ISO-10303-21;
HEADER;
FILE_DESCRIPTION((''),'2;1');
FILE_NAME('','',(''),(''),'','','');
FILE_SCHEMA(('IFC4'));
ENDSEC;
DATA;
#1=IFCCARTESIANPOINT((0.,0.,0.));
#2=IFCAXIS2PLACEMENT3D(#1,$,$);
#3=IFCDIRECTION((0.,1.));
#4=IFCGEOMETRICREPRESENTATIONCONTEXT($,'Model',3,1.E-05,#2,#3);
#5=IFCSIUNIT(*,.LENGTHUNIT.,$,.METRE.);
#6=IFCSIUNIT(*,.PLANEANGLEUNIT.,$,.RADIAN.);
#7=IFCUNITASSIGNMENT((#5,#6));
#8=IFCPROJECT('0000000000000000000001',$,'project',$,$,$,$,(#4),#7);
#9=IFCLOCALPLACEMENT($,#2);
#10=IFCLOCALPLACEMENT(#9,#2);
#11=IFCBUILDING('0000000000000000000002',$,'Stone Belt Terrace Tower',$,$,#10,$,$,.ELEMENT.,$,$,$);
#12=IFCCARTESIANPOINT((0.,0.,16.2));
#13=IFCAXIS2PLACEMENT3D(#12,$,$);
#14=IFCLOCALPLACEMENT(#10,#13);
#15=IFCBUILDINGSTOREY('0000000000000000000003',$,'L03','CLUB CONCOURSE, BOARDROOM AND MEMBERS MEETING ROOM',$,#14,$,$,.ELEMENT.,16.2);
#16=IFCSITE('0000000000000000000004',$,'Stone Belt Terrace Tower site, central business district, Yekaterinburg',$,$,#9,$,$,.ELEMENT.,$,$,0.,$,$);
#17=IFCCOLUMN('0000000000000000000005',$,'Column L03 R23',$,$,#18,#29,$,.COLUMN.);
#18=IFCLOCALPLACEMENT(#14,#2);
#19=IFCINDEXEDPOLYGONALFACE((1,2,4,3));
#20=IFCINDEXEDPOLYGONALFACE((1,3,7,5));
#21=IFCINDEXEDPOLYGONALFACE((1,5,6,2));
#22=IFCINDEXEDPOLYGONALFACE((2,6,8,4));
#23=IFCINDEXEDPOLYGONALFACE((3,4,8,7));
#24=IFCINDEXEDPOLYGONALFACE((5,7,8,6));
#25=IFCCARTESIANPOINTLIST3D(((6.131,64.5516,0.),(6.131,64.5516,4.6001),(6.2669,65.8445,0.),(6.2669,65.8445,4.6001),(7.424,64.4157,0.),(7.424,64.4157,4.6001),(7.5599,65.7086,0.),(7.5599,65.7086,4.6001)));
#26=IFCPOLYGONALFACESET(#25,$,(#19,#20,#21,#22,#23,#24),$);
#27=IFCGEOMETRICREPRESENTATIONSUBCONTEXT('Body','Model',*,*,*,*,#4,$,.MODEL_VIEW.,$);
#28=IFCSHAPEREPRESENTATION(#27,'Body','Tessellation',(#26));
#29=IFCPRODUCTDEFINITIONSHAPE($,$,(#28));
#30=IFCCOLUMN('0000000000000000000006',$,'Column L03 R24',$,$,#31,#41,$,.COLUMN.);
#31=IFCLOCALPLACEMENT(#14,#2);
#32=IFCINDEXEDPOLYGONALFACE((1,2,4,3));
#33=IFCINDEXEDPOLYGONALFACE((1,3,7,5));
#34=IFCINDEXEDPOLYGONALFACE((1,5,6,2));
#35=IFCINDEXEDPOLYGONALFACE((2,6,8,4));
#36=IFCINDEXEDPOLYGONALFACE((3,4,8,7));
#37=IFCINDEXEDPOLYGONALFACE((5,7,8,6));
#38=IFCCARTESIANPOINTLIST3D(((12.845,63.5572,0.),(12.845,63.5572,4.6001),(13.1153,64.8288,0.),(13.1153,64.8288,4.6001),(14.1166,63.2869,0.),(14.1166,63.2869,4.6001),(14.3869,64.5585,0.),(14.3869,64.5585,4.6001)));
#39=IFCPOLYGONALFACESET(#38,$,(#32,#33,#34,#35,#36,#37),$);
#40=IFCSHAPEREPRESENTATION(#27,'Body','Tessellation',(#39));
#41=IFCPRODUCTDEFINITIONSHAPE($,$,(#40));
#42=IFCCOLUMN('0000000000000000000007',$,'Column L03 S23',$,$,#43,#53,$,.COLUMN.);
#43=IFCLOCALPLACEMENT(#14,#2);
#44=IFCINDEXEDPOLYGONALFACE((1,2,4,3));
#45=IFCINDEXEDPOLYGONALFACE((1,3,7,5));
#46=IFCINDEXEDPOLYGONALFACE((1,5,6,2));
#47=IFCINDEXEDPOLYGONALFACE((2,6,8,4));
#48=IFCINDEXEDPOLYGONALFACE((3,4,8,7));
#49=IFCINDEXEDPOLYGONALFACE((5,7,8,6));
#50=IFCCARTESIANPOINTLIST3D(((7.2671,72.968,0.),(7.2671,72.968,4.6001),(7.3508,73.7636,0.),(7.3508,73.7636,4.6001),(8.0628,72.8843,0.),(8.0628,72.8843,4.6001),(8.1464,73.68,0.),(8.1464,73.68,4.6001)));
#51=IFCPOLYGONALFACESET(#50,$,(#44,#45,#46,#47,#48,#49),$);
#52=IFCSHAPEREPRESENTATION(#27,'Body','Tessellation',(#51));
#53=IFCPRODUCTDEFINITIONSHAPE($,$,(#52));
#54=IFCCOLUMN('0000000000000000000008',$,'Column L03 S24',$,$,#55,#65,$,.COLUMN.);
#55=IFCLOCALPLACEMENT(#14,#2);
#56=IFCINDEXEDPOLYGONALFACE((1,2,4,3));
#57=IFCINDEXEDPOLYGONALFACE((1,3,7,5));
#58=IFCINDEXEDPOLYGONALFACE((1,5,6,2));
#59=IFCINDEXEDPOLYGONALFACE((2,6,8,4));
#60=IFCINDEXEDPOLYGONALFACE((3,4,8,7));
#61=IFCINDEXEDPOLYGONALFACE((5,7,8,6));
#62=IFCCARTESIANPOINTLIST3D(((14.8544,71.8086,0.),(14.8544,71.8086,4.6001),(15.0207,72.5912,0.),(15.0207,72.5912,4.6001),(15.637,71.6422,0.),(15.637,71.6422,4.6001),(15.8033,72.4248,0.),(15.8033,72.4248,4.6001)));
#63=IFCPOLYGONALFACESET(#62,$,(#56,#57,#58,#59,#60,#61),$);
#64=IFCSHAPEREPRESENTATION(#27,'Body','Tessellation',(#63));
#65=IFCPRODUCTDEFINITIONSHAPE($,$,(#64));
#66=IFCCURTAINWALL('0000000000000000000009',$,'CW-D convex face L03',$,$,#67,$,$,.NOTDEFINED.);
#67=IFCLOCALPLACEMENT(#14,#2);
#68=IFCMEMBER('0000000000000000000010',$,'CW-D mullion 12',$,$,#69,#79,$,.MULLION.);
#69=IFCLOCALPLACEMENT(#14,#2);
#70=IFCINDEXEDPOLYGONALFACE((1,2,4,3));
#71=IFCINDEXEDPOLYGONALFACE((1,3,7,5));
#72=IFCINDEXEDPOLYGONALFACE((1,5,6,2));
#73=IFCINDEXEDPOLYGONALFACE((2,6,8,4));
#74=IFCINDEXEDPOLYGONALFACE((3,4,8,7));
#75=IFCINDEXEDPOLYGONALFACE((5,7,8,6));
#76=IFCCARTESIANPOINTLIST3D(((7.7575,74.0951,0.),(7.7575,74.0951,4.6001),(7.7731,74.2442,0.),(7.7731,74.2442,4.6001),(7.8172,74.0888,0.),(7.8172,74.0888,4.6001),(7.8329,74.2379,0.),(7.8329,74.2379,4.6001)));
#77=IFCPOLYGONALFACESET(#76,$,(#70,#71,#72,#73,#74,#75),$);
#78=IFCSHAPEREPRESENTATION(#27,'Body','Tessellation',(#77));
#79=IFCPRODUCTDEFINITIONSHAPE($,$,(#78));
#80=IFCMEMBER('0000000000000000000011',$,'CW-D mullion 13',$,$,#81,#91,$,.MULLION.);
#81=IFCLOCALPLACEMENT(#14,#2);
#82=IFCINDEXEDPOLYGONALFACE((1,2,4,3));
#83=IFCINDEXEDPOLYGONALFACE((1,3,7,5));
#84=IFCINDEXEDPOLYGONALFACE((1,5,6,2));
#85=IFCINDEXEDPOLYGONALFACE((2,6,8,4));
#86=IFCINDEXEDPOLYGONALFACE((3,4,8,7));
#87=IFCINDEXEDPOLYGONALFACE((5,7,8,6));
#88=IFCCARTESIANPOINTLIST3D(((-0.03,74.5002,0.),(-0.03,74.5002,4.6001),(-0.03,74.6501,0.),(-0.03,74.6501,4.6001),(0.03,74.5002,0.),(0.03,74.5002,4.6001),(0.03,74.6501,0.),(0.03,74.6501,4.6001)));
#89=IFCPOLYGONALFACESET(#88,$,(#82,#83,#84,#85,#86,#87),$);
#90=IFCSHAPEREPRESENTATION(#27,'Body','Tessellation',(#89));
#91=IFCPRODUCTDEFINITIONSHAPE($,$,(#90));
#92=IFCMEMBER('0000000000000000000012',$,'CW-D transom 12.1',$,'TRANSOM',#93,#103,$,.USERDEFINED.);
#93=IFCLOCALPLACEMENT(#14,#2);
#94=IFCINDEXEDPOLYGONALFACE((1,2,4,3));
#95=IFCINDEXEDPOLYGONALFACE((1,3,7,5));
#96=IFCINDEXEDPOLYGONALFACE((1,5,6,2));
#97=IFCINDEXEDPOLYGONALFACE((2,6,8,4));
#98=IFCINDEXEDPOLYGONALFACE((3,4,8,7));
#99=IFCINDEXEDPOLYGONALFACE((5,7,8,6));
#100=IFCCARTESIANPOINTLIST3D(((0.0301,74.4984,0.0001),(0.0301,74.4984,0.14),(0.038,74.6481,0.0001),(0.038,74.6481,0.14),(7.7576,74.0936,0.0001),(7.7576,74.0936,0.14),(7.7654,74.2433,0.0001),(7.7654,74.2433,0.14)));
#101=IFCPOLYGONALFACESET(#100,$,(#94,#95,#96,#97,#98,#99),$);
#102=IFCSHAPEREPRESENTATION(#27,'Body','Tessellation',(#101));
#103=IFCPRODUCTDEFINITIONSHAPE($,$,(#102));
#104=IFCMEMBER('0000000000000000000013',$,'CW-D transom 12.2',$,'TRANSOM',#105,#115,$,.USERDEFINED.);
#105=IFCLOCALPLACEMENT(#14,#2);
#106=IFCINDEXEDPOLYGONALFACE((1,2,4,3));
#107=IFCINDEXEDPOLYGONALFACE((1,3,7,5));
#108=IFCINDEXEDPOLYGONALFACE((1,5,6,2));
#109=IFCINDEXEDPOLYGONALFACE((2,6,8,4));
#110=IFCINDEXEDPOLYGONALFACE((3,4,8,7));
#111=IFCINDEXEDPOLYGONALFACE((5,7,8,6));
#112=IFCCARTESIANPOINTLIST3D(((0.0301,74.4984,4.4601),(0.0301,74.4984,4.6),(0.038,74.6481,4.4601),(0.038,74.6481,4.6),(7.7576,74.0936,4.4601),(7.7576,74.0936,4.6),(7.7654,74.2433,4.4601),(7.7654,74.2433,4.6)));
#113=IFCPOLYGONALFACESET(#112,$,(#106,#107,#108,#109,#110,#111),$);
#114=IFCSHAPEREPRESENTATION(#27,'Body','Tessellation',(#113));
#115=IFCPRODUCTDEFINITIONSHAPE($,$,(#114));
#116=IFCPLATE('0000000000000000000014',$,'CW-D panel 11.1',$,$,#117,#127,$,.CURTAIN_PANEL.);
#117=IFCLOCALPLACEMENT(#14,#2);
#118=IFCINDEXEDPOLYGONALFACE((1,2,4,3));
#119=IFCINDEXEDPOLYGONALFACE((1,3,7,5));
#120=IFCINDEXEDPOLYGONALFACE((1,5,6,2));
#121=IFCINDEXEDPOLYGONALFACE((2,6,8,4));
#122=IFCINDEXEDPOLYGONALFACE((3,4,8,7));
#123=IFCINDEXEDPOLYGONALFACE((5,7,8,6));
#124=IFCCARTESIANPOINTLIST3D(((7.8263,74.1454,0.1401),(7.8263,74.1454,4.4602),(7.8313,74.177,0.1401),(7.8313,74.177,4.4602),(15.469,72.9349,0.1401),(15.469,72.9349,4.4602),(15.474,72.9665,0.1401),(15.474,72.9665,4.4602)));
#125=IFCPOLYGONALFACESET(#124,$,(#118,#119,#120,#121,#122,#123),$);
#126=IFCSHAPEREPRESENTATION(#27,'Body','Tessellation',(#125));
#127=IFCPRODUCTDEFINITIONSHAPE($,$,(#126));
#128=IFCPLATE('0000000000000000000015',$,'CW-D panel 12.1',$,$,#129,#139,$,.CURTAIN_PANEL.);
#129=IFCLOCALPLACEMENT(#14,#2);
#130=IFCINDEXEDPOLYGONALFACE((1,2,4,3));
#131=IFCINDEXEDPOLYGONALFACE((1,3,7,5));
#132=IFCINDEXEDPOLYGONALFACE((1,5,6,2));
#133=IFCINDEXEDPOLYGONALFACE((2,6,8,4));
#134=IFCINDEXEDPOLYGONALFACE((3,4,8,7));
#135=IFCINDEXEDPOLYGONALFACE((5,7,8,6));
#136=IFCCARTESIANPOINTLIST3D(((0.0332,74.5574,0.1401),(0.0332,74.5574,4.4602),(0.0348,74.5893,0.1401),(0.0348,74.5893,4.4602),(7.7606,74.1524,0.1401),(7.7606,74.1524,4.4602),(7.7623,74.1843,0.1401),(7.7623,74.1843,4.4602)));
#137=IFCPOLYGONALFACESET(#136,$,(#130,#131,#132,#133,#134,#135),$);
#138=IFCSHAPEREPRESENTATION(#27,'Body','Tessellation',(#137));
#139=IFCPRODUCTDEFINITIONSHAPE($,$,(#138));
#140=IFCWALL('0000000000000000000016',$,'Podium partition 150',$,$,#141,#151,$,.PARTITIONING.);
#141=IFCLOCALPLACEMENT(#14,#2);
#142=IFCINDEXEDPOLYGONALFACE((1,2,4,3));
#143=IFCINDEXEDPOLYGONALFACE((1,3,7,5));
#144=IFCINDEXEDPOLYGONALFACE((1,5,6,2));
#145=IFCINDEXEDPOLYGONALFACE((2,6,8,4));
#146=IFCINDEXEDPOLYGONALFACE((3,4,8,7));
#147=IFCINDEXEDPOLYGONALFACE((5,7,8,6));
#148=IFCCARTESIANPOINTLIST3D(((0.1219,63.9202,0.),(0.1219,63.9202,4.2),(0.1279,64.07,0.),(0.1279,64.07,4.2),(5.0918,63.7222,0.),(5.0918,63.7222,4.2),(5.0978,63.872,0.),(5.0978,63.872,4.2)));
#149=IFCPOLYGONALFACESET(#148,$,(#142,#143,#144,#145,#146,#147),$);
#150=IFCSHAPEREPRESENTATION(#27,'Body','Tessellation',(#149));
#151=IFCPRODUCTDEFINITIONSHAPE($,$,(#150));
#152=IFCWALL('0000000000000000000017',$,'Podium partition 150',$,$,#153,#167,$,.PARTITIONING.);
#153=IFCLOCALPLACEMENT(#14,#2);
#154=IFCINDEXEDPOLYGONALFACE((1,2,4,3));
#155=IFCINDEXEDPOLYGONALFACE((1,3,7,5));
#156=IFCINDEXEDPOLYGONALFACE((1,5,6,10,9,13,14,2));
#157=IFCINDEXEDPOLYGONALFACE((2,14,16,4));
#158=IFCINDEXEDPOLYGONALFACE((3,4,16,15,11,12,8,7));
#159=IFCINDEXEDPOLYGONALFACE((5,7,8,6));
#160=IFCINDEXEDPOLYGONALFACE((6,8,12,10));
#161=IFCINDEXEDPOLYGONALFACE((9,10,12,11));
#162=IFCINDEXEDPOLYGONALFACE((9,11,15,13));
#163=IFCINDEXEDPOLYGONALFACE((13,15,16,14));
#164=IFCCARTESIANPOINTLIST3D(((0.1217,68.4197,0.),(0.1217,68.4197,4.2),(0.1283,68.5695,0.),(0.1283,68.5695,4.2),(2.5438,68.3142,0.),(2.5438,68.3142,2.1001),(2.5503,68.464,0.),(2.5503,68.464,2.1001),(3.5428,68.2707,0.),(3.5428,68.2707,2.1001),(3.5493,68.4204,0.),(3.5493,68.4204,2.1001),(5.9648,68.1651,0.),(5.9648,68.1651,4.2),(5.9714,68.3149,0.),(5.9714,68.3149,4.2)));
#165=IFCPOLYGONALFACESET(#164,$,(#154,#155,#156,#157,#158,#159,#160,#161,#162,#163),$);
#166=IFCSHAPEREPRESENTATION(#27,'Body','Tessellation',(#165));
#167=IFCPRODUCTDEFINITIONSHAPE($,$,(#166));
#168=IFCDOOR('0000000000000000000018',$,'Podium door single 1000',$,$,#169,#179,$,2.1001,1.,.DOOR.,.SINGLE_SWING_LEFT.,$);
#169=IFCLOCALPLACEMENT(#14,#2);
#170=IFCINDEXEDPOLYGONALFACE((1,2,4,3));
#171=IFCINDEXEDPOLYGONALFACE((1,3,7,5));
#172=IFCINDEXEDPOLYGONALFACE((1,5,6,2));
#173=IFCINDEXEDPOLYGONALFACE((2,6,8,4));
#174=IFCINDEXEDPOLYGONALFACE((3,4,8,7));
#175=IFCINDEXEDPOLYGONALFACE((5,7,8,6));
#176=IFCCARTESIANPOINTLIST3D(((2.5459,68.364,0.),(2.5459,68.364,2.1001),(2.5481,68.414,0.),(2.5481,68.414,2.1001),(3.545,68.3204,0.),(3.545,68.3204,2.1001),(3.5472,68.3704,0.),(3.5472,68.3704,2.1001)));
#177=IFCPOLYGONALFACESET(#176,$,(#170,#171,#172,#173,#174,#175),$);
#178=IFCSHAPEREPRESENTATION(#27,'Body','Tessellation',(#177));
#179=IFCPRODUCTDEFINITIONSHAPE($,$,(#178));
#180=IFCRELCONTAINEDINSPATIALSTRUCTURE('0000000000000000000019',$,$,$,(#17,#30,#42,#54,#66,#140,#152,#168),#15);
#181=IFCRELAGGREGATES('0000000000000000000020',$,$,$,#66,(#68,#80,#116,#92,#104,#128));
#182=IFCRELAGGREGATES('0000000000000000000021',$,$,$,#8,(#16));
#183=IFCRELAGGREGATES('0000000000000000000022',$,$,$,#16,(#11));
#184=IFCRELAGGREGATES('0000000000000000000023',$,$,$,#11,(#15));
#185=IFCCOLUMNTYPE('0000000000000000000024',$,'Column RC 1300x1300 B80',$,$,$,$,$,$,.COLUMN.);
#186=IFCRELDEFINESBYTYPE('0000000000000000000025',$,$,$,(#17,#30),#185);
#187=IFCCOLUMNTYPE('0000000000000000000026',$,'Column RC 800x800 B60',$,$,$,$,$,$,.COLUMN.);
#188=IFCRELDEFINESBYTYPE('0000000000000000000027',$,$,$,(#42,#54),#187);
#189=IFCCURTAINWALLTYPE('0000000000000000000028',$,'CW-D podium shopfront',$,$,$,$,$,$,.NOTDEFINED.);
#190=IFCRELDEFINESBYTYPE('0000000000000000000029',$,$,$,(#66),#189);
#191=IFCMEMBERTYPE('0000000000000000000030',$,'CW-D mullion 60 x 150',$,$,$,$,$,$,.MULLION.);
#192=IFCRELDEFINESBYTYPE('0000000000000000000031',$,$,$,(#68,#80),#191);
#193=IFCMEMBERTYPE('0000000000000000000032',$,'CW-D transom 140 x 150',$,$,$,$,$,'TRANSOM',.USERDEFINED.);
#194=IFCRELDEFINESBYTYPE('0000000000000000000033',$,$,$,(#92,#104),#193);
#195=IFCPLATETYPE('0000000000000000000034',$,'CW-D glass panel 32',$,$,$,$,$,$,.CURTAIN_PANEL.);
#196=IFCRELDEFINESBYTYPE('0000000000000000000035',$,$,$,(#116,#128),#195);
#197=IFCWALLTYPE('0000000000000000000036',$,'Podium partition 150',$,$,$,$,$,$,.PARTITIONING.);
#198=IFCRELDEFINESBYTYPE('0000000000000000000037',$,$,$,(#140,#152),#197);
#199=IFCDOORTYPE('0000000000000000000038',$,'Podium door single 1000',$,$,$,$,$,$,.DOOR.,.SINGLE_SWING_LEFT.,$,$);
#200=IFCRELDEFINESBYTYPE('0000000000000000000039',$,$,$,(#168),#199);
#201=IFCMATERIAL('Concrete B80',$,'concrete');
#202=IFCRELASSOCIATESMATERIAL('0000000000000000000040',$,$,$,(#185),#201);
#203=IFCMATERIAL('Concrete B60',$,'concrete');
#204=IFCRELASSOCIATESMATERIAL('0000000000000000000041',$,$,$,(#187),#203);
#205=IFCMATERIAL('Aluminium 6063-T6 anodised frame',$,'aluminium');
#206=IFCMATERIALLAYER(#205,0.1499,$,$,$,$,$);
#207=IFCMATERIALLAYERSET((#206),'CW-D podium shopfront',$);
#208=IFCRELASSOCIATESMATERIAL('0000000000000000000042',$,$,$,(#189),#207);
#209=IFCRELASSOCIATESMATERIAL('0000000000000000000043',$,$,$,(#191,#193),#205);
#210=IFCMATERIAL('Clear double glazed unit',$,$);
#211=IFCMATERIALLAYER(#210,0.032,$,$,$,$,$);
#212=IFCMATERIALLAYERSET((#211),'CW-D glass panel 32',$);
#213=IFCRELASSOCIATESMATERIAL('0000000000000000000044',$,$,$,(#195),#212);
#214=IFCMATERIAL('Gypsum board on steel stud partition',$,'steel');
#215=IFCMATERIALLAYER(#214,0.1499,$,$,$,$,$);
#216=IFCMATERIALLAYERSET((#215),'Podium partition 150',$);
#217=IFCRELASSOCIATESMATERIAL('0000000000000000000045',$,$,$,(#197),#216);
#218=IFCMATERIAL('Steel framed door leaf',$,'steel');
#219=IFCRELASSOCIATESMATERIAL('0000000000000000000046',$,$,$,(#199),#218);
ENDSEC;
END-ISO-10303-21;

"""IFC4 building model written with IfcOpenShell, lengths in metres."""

from ifc_helpers import new_model, si_unit, direction, frame, frame_2d, origin, origin_2d, place, context, subcontext, project, spatial, rectangle, extrude, material, layer, layer_set, material_profile, profile_set, type_object, element, fill, aggregate, save


model = new_model("IFC4")

# Units and contexts
model_context = context("Model", 3, precision=1e-05, world=origin(), true_north=direction((0.0, 1.0)))
body_context = subcontext(model_context, "Body", "Model", "MODEL_VIEW")
ifc_project = project(units=[si_unit("LENGTHUNIT", "METRE"), si_unit("PLANEANGLEUNIT", "RADIAN")], contexts=[model_context])

# Site, building, storey
site_placement = place(None, origin())
site = spatial("IfcSite", under=ifc_project, at=site_placement, Name="Stone Belt Terrace Tower site, central business district, Yekaterinburg", CompositionType="ELEMENT", RefElevation=0.0)
building_placement = place(site_placement, origin())
building = spatial("IfcBuilding", under=site, at=building_placement, Name="Stone Belt Terrace Tower", CompositionType="ELEMENT")
storey_placement = place(building_placement, frame((0.0, 0.0, 16.2)))
storey = spatial("IfcBuildingStorey", under=building, at=storey_placement, Name="L03", Description="CLUB CONCOURSE, BOARDROOM AND MEMBERS MEETING ROOM", CompositionType="ELEMENT", Elevation=16.2)

# Columns
ifc_material_1 = material(Name="Concrete B80", Category="concrete")
ifc_material_profile_1 = material_profile(ifc_material_1, rectangle(XDim=1.3, YDim=1.3, at=origin_2d()), Name="RC 1300x1300")
ifc_profile_set_1 = profile_set([ifc_material_profile_1], Name="Concrete B80")
column_type_1 = type_object("IfcColumnType", Name="Column RC 1300x1300 B80", PredefinedType="COLUMN", material=ifc_profile_set_1)
for number, where, z_axis, x_axis, name in (
    (1, (6.8455, 65.1301, 0.0), (0.0, 0.0, 1.0), (0.994522, -0.104528, 0.0), "Column L03 R23"),
    (2, (13.616, 64.0579, 0.0), (0.0, 0.0, 1.0), (0.978148, -0.207912, 0.0), "Column L03 R24"),
):
    element("IfcColumn", number, at=place(storey_placement, frame(where, z_axis=z_axis, x_axis=x_axis)), inside=storey, type_object=column_type_1, Name=name, PredefinedType="COLUMN", context=body_context, shape_type="SweptSolid", body=[
        extrude(rectangle(XDim=1.3, YDim=1.3, at=origin_2d()), origin(), (0.0, 0.0, 1.0), 4.6001),
    ])
ifc_material_2 = material(Name="Concrete B60", Category="concrete")
ifc_material_profile_2 = material_profile(ifc_material_2, rectangle(XDim=0.8, YDim=0.8, at=origin_2d()), Name="RC 800x800")
ifc_profile_set_2 = profile_set([ifc_material_profile_2], Name="Concrete B60")
column_type_2 = type_object("IfcColumnType", Name="Column RC 800x800 B60", PredefinedType="COLUMN", material=ifc_profile_set_2)
for number, where, z_axis, x_axis, name in (
    (3, (7.7068, 73.324, 0.0), (0.0, 0.0, 1.0), (0.994522, -0.104528, 0.0), "Column L03 S23"),
    (4, (15.3289, 72.1167, 0.0), (0.0, 0.0, 1.0), (0.978148, -0.207912, 0.0), "Column L03 S24"),
):
    element("IfcColumn", number, at=place(storey_placement, frame(where, z_axis=z_axis, x_axis=x_axis)), inside=storey, type_object=column_type_2, Name=name, PredefinedType="COLUMN", context=body_context, shape_type="SweptSolid", body=[
        extrude(rectangle(XDim=0.8, YDim=0.8, at=origin_2d()), origin(), (0.0, 0.0, 1.0), 4.6001),
    ])

# Curtain wall, members, plates
ifc_material_3 = material(Name="Aluminium 6063-T6 anodised frame", Category="aluminium")
ifc_layer_1 = layer(ifc_material_3, 0.1499)
ifc_layer_set_1 = layer_set([ifc_layer_1], Name="CW-D podium shopfront")
curtain_wall_type = type_object("IfcCurtainWallType", Name="CW-D podium shopfront", PredefinedType="NOTDEFINED", material=ifc_layer_set_1)
curtain_wall_placement = place(storey_placement, origin())
curtain_wall = element("IfcCurtainWall", 5, at=curtain_wall_placement, inside=storey, type_object=curtain_wall_type, Name="CW-D convex face L03", PredefinedType="NOTDEFINED")
ifc_material_profile_3 = material_profile(ifc_material_3, rectangle(XDim=0.1499, YDim=0.0601, at=origin_2d()), Name="Aluminium 6063-T6 60x150")
ifc_profile_set_3 = profile_set([ifc_material_profile_3], Name="Aluminium 6063-T6 anodised frame")
member_type_1 = type_object("IfcMemberType", Name="CW-D mullion 60 x 150", PredefinedType="MULLION", material=ifc_profile_set_3)
member_1_placement = place(storey_placement, frame((7.7952, 74.1665, 0.0), z_axis=(0.0, 0.0, 1.0), x_axis=(-0.104528, -0.994522, 0.0)))
member_1 = element("IfcMember", 6, at=member_1_placement, type_object=member_type_1, Name="CW-D mullion 12", PredefinedType="MULLION", context=body_context, shape_type="SweptSolid", body=[
    extrude(rectangle(XDim=0.1499, YDim=0.0601, at=origin_2d()), origin(), (0.0, 0.0, 1.0), 4.6001),
])
member_2_placement = place(storey_placement, frame((0.0, 74.5752, 0.0), z_axis=(0.0, 0.0, 1.0), x_axis=(0.0, -1.0, 0.0)))
member_2 = element("IfcMember", 7, at=member_2_placement, type_object=member_type_1, Name="CW-D mullion 13", PredefinedType="MULLION", context=body_context, shape_type="SweptSolid", body=[
    extrude(rectangle(XDim=0.1499, YDim=0.0601, at=origin_2d()), origin(), (0.0, 0.0, 1.0), 4.6001),
])
ifc_material_profile_4 = material_profile(ifc_material_3, rectangle(XDim=0.1499, YDim=0.1399, at=origin_2d()), Name="Aluminium 6063-T6 150x140")
ifc_profile_set_4 = profile_set([ifc_material_profile_4], Name="Aluminium 6063-T6 anodised frame")
member_type_2 = type_object("IfcMemberType", Name="CW-D transom 140 x 150", ElementType="TRANSOM", PredefinedType="USERDEFINED", material=ifc_profile_set_4)
member_3_placement = place(storey_placement, frame((7.7615, 74.1685, 0.0701), z_axis=(-0.998631, 0.05231, 0.0), x_axis=(-0.05231, -0.998631, 0.0)))
member_3 = element("IfcMember", 8, at=member_3_placement, type_object=member_type_2, Name="CW-D transom 12.1", ObjectType="TRANSOM", PredefinedType="USERDEFINED", context=body_context, shape_type="SweptSolid", body=[
    extrude(rectangle(XDim=0.1499, YDim=0.1399, at=origin_2d()), origin(), (0.0, 0.0, 1.0), 7.738),
])
member_4_placement = place(storey_placement, frame((7.7615, 74.1685, 4.53), z_axis=(-0.998631, 0.05231, 0.0), x_axis=(-0.05231, -0.998631, 0.0)))
member_4 = element("IfcMember", 9, at=member_4_placement, type_object=member_type_2, Name="CW-D transom 12.2", ObjectType="TRANSOM", PredefinedType="USERDEFINED", context=body_context, shape_type="SweptSolid", body=[
    extrude(rectangle(XDim=0.1499, YDim=0.1399, at=origin_2d()), origin(), (0.0, 0.0, 1.0), 7.738),
])
ifc_material_4 = material(Name="Clear double glazed unit")
ifc_layer_2 = layer(ifc_material_4, 0.032)
ifc_layer_set_2 = layer_set([ifc_layer_2], Name="CW-D glass panel 32")
plate_type = type_object("IfcPlateType", Name="CW-D glass panel 32", PredefinedType="CURTAIN_PANEL", material=ifc_layer_set_2)
plate_1_placement = place(storey_placement, frame((11.6501, 73.5559, 0.1401), z_axis=(0.0, 0.0, 1.0), x_axis=(-0.987688, 0.156434, 0.0)))
plate_1 = element("IfcPlate", 10, at=plate_1_placement, type_object=plate_type, Name="CW-D panel 11.1", PredefinedType="CURTAIN_PANEL", context=body_context, shape_type="SweptSolid", body=[
    extrude(rectangle(XDim=7.738, YDim=0.032, at=origin_2d()), origin(), (0.0, 0.0, 1.0), 4.3201),
])
plate_2_placement = place(storey_placement, frame((3.8977, 74.3708, 0.1401), z_axis=(0.0, 0.0, 1.0), x_axis=(-0.99863, 0.052336, 0.0)))
plate_2 = element("IfcPlate", 11, at=plate_2_placement, type_object=plate_type, Name="CW-D panel 12.1", PredefinedType="CURTAIN_PANEL", context=body_context, shape_type="SweptSolid", body=[
    extrude(rectangle(XDim=7.738, YDim=0.032, at=origin_2d()), origin(), (0.0, 0.0, 1.0), 4.3201),
])
aggregate(curtain_wall, [member_1, member_2, plate_1, member_3, member_4, plate_2])

# Wall
ifc_material_5 = material(Name="Gypsum board on steel stud partition", Category="steel")
ifc_layer_3 = layer(ifc_material_5, 0.1499)
ifc_layer_set_3 = layer_set([ifc_layer_3], Name="Podium partition 150")
wall_type_1 = type_object("IfcWallType", Name="Podium partition 150", PredefinedType="PARTITIONING", material=ifc_layer_set_3)
wall_1_placement = place(storey_placement, frame((0.125, 63.9951, 0.0), z_axis=(0.0, 0.0, 1.0), x_axis=(0.999207, -0.039807, 0.0)))
element("IfcWall", 12, at=wall_1_placement, inside=storey, type_object=wall_type_1, Name="Podium partition 150", PredefinedType="PARTITIONING", context=body_context, shape_type="SweptSolid", body=[
    extrude(rectangle(XDim=4.9739, YDim=0.1499, at=frame_2d((2.4868, 0.0))), origin(), (0.0, 0.0, 1.0), 4.2),
])

# Wall, opening, door
wall_2_placement = place(storey_placement, frame((0.125, 68.4946, 0.0), z_axis=(0.0, 0.0, 1.0), x_axis=(0.999052, -0.043539, 0.0)))
wall_2 = element("IfcWall", 13, at=wall_2_placement, inside=storey, type_object=wall_type_1, Name="Podium partition 150", PredefinedType="PARTITIONING", context=body_context, shape_type="SweptSolid", body=[
    extrude(rectangle(XDim=5.8486, YDim=0.1499, at=frame_2d((2.9243, 0.0))), origin(), (0.0, 0.0, 1.0), 4.2),
])
opening_1_placement = place(wall_2_placement, frame((2.4243, 0.0, 0.0)))
opening_1 = element("IfcOpeningElement", 14, at=opening_1_placement, cuts=wall_2, PredefinedType="OPENING", context=body_context, shape_type="SweptSolid", body=[
    extrude(rectangle(XDim=1.0, YDim=2.1001, at=frame_2d((0.5, 1.05))), frame((0.0, 0.085, 0.0), z_axis=(0.0, -1.0, 0.0), x_axis=(1.0, 0.0, 0.0)), (0.0, 0.0, 1.0), 0.1699),
])
ifc_material_6 = material(Name="Steel framed door leaf", Category="steel")
door_type = type_object("IfcDoorType", Name="Podium door single 1000", OperationType="SINGLE_SWING_LEFT", PredefinedType="DOOR", material=ifc_material_6)
door_1_placement = place(opening_1_placement, origin())
door_1 = element("IfcDoor", 15, at=door_1_placement, inside=storey, type_object=door_type, Name="Podium door single 1000", OperationType="SINGLE_SWING_LEFT", OverallHeight=2.1001, OverallWidth=1.0, PredefinedType="DOOR", context=body_context, shape_type="SweptSolid", body=[
    extrude(rectangle(XDim=1.0, YDim=2.1001, at=frame_2d((0.5, 1.05))), frame((0.0, 0.0249, 0.0), z_axis=(0.0, -1.0, 0.0), x_axis=(1.0, 0.0, 0.0)), (0.0, 0.0, 1.0), 0.05),
])
fill(opening_1, door_1)

save(model, "model.ifc")
